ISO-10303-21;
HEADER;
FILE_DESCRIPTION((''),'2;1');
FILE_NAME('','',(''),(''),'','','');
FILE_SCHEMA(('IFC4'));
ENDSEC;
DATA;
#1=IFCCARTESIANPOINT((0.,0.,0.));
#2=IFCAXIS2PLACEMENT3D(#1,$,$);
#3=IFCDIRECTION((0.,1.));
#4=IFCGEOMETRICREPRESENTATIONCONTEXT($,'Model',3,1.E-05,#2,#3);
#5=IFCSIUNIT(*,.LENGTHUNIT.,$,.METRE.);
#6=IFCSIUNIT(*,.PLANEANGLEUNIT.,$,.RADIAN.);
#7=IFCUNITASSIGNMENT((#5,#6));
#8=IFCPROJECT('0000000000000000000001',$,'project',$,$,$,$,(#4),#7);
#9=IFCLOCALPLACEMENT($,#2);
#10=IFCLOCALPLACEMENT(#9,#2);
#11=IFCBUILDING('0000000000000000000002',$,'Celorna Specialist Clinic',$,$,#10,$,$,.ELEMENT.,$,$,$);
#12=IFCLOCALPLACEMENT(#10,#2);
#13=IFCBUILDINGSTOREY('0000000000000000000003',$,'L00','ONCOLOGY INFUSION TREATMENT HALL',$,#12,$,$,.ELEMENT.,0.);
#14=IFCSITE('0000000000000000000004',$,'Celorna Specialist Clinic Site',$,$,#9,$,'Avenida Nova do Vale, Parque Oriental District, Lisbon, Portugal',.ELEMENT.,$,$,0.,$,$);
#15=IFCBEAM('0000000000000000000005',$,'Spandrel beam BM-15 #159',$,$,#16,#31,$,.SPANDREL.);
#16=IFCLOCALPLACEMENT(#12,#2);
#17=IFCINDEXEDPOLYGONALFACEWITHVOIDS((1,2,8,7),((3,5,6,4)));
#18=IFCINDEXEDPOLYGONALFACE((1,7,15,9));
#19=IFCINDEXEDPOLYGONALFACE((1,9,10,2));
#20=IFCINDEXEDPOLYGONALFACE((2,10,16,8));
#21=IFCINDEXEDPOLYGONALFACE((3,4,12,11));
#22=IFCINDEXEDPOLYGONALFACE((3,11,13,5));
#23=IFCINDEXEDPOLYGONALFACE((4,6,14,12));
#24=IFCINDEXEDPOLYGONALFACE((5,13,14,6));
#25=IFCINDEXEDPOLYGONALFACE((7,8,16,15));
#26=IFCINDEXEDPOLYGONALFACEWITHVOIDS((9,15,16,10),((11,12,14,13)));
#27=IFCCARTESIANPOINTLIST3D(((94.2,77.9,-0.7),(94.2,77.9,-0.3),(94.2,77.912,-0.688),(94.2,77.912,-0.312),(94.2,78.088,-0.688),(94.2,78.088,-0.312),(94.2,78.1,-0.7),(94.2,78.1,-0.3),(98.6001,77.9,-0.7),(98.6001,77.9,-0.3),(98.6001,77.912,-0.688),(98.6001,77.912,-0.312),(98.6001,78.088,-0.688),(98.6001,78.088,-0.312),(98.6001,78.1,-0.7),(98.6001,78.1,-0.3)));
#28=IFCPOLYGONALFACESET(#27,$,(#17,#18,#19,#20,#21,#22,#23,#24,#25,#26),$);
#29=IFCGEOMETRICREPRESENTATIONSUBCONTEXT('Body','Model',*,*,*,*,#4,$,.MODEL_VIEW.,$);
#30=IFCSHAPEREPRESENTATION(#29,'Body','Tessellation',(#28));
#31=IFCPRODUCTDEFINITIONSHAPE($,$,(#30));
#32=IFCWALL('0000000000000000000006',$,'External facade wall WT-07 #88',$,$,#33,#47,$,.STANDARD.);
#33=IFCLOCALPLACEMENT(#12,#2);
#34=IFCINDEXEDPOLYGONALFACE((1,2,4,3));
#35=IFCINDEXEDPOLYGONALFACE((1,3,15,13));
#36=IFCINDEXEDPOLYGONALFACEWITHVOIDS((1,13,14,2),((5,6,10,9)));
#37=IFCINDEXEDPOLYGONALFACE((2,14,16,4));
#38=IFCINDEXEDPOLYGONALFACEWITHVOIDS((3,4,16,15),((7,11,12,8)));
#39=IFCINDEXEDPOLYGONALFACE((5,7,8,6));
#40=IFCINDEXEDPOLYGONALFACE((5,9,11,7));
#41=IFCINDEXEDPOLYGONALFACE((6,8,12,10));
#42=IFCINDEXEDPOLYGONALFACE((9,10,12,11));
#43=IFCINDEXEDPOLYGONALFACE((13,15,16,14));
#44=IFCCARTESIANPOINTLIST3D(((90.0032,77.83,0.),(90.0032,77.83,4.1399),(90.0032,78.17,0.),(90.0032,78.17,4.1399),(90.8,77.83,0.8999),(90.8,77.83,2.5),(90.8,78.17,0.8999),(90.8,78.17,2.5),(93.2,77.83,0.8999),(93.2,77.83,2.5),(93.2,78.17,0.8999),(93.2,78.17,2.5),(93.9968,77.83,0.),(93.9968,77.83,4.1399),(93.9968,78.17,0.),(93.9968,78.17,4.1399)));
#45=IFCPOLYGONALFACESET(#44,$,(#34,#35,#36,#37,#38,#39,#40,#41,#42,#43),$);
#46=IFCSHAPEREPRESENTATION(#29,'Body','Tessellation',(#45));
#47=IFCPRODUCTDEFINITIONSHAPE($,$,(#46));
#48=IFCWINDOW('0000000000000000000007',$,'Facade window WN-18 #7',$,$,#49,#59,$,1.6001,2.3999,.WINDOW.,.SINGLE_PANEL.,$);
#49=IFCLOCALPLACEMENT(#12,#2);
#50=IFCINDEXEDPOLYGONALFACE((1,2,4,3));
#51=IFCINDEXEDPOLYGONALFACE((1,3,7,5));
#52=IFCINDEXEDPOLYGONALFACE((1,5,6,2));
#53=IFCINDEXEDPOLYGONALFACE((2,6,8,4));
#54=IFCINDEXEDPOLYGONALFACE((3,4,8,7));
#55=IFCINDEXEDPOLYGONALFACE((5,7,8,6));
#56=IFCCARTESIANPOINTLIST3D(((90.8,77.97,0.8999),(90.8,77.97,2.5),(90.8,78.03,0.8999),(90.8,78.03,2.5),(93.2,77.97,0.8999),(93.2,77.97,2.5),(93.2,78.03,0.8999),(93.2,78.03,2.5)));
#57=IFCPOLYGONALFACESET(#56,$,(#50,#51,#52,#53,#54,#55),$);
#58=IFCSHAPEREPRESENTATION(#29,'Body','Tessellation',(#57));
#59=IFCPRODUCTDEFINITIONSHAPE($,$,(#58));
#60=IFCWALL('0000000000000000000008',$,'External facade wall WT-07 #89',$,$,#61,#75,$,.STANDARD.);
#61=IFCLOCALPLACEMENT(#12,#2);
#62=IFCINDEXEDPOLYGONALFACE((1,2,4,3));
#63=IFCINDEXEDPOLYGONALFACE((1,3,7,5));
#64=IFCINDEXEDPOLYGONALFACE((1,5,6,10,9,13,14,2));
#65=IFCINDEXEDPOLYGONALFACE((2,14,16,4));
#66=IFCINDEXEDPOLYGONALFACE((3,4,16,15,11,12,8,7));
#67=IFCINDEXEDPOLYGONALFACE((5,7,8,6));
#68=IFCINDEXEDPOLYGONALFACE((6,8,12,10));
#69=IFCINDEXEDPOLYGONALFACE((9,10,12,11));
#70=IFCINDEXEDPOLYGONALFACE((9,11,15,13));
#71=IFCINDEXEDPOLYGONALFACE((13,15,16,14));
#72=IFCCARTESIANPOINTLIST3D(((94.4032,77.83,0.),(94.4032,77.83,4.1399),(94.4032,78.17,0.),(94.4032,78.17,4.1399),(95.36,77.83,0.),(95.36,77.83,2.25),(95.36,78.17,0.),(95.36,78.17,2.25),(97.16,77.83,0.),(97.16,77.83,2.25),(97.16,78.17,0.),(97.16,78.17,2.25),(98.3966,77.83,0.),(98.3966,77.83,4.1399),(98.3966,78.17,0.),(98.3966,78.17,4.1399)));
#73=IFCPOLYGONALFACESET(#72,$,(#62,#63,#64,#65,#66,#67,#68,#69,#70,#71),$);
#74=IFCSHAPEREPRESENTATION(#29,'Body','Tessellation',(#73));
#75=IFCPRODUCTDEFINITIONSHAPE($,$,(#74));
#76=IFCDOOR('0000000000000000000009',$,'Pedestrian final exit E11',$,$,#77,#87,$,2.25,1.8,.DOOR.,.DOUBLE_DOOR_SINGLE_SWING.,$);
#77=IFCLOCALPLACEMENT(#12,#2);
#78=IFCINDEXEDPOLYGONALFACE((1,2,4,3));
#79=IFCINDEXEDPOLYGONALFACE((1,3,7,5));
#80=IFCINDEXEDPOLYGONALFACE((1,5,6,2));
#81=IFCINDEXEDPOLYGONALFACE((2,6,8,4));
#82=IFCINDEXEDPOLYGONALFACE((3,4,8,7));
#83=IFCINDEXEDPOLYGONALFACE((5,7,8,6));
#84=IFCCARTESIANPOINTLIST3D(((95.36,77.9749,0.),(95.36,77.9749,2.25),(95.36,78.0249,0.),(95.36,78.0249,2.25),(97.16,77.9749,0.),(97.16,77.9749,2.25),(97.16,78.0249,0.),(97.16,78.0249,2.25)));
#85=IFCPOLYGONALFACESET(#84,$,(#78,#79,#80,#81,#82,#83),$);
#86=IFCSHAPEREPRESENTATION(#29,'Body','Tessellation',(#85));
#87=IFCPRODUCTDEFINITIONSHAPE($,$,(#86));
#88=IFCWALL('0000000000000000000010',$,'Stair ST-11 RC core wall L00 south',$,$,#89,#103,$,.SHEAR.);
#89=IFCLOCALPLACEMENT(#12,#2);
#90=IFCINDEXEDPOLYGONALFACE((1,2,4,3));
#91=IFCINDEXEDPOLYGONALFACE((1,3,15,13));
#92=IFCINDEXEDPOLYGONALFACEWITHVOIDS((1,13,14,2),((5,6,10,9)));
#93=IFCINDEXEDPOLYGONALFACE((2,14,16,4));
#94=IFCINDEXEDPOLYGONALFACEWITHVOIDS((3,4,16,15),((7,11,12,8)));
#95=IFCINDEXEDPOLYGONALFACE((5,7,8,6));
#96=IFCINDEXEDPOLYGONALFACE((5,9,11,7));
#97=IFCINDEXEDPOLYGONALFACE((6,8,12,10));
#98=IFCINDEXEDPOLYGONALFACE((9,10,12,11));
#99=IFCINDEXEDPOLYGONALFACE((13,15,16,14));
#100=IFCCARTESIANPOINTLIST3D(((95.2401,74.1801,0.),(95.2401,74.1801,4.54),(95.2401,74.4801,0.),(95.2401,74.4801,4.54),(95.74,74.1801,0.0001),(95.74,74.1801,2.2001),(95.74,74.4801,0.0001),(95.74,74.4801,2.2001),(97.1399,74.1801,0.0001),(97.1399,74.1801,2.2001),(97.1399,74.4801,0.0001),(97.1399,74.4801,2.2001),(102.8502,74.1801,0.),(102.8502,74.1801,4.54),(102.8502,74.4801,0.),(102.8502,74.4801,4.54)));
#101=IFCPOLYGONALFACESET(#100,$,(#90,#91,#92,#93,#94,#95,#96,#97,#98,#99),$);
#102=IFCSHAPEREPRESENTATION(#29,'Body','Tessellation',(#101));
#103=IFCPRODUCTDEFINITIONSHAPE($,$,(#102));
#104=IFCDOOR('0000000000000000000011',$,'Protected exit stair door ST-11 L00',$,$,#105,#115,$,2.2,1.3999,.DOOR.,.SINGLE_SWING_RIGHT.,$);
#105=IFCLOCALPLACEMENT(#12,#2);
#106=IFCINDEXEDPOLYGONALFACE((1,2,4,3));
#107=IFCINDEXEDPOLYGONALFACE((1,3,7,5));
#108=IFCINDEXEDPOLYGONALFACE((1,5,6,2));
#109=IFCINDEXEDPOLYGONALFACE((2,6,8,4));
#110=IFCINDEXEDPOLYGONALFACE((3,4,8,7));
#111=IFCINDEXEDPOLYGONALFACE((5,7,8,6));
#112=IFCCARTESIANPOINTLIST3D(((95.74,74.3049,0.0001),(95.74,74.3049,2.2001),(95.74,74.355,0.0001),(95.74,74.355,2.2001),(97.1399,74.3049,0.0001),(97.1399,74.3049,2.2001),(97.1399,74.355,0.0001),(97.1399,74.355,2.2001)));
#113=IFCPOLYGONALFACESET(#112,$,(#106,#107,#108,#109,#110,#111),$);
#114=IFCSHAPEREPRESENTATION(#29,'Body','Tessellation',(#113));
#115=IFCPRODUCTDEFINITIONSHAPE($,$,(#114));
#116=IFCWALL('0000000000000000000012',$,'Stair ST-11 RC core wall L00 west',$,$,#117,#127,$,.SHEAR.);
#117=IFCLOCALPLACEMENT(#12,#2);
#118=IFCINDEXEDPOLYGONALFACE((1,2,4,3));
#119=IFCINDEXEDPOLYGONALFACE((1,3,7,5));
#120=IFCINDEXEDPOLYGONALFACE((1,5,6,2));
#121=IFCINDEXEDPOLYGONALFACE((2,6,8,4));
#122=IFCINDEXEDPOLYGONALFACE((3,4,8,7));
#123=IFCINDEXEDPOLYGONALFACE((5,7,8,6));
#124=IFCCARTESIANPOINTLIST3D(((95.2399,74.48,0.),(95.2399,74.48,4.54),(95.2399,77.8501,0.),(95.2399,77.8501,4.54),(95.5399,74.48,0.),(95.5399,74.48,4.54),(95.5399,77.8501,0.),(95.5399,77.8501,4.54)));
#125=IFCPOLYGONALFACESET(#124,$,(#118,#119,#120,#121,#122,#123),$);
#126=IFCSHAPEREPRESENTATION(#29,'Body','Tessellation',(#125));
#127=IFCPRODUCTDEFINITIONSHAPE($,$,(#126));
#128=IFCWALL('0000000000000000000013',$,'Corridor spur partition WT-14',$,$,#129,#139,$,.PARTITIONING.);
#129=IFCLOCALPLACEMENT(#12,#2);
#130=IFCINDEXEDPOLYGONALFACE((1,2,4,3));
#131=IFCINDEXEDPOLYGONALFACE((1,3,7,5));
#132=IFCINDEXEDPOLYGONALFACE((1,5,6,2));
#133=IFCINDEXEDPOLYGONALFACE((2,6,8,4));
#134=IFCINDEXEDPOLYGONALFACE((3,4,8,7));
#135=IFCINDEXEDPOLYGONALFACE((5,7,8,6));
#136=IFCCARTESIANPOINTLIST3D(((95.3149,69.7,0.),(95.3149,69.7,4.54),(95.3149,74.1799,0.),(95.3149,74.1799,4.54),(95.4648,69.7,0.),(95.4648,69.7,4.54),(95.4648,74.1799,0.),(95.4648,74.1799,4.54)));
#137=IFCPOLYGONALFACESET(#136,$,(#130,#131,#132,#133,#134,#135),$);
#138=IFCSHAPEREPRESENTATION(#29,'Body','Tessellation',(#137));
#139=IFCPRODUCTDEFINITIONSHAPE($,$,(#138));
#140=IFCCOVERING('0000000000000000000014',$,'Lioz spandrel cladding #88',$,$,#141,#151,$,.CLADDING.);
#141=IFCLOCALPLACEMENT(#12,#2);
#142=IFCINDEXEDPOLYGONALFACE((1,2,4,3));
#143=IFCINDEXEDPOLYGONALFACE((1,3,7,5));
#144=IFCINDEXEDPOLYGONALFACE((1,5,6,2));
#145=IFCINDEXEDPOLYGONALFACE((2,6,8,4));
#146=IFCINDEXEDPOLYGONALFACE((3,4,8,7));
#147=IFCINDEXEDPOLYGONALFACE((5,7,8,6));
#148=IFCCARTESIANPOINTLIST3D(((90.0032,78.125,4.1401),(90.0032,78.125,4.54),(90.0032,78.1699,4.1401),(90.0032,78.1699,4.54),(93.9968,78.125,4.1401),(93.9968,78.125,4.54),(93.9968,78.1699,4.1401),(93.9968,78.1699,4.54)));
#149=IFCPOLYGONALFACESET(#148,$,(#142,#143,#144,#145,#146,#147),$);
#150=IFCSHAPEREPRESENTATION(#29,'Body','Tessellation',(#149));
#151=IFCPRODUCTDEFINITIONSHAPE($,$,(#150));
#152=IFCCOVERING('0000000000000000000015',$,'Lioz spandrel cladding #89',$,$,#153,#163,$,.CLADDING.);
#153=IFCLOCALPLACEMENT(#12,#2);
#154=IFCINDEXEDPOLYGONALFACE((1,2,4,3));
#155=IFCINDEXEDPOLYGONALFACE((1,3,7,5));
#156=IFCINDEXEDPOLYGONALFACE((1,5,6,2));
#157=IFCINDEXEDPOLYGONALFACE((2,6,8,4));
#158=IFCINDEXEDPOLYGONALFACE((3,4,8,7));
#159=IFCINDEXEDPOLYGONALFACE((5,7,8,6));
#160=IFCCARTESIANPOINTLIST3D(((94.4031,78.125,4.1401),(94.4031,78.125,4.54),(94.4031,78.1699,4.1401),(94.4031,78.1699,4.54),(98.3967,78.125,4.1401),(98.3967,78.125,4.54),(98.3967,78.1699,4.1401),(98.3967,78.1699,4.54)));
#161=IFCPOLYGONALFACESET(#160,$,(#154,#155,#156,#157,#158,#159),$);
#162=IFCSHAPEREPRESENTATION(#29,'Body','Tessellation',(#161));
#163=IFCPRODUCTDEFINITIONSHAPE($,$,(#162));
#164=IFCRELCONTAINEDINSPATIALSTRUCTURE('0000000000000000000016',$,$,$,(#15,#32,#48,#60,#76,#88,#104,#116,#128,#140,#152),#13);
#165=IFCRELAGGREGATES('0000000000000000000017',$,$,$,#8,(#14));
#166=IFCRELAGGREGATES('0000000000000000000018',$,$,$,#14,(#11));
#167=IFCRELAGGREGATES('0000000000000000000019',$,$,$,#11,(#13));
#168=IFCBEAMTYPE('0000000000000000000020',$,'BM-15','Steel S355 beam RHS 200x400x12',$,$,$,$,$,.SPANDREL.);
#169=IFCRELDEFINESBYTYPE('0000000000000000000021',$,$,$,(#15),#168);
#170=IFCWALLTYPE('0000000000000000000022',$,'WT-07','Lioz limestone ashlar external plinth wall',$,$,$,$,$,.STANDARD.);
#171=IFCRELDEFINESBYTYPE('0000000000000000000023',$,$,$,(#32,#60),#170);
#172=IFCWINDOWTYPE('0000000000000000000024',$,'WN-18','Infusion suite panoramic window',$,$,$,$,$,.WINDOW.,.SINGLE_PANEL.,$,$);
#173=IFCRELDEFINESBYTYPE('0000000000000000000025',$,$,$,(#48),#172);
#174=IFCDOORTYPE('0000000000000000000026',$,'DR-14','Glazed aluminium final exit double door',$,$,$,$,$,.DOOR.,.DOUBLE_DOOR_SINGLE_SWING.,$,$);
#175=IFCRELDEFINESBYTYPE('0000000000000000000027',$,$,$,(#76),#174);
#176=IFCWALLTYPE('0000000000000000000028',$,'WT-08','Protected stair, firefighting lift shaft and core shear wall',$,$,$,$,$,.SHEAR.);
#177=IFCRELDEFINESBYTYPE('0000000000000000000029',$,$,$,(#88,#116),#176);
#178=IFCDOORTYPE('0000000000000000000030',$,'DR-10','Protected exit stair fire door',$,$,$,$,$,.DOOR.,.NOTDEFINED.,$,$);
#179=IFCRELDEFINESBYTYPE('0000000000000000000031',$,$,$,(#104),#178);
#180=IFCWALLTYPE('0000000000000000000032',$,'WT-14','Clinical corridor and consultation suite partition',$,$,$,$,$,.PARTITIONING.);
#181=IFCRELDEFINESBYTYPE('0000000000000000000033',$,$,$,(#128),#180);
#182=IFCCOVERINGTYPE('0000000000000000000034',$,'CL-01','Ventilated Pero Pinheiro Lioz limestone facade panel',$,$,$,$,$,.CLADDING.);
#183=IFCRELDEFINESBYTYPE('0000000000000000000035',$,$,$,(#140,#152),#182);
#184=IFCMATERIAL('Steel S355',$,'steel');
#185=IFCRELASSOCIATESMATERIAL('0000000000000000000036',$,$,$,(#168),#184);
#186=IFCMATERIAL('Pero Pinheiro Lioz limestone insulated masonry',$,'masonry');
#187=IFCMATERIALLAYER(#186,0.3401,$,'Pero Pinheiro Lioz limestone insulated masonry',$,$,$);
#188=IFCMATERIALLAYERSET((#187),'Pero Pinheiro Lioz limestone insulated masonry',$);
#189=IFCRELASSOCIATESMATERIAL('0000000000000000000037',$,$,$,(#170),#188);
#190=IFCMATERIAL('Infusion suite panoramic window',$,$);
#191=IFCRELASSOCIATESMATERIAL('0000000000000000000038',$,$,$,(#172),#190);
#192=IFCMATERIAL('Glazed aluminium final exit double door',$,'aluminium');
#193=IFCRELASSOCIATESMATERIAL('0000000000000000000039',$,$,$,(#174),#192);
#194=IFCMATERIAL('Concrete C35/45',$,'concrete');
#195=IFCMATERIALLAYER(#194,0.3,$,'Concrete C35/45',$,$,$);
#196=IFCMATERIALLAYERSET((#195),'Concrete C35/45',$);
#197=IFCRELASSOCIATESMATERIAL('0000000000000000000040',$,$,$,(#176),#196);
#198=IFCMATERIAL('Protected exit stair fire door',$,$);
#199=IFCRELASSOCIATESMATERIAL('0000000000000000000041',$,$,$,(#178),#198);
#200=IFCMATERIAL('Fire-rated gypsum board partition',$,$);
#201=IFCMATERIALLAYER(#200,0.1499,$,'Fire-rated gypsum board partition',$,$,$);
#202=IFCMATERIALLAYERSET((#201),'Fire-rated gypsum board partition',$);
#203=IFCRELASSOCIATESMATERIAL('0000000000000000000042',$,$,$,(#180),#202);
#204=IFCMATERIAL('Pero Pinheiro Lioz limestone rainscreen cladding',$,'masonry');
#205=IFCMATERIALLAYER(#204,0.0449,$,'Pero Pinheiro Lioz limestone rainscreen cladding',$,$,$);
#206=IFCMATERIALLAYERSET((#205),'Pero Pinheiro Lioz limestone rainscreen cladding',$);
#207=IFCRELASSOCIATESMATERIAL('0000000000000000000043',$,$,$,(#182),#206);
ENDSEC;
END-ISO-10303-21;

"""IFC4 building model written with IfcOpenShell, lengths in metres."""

from ifc_helpers import new_model, si_unit, direction, frame, frame_2d, origin, origin_2d, place, context, subcontext, project, spatial, rectangle, hollow_rectangle, extrude, material, layer, layer_set, material_profile, profile_set, type_object, element, fill, save


model = new_model("IFC4")

# Units and contexts
model_context = context("Model", 3, precision=1e-05, world=origin(), true_north=direction((0.0, 1.0)))
body_context = subcontext(model_context, "Body", "Model", "MODEL_VIEW")
ifc_project = project(units=[si_unit("LENGTHUNIT", "METRE"), si_unit("PLANEANGLEUNIT", "RADIAN")], contexts=[model_context])

# Site, building, storey
site_placement = place(None, origin())
site = spatial("IfcSite", under=ifc_project, at=site_placement, Name="Celorna Specialist Clinic Site", LongName="Avenida Nova do Vale, Parque Oriental District, Lisbon, Portugal", CompositionType="ELEMENT", RefElevation=0.0)
building_placement = place(site_placement, origin())
building = spatial("IfcBuilding", under=site, at=building_placement, Name="Celorna Specialist Clinic", CompositionType="ELEMENT")
storey_placement = place(building_placement, origin())
storey = spatial("IfcBuildingStorey", under=building, at=storey_placement, Name="L00", Description="ONCOLOGY INFUSION TREATMENT HALL", CompositionType="ELEMENT", Elevation=0.0)

# Shared definitions
ifc_material_1 = material(Name="Steel S355", Category="steel")

# Beam
ifc_material_profile_1 = material_profile(ifc_material_1, hollow_rectangle(XDim=0.2, YDim=0.3999, WallThickness=0.012, at=origin_2d()), Name="RHS 200x400x12")
ifc_profile_set_1 = profile_set([ifc_material_profile_1], Name="Steel S355")
beam_type_1 = type_object("IfcBeamType", Name="BM-15", Description="Steel S355 beam RHS 200x400x12", PredefinedType="SPANDREL", material=ifc_profile_set_1)
beam_1_placement = place(storey_placement, frame((94.2, 78.0, -0.5), z_axis=(1.0, 0.0, 0.0), x_axis=(0.0, 1.0, 0.0)))
element("IfcBeam", 1, at=beam_1_placement, inside=storey, type_object=beam_type_1, Name="Spandrel beam BM-15 #159", PredefinedType="SPANDREL", context=body_context, shape_type="SweptSolid", body=[
    extrude(hollow_rectangle(XDim=0.2, YDim=0.3999, WallThickness=0.012, at=origin_2d()), origin(), (0.0, 0.0, 1.0), 4.4001),
])

# Wall, opening, window
ifc_material_2 = material(Name="Pero Pinheiro Lioz limestone insulated masonry", Category="masonry")
ifc_layer_1 = layer(ifc_material_2, 0.3401, Name="Pero Pinheiro Lioz limestone insulated masonry")
ifc_layer_set_1 = layer_set([ifc_layer_1], Name="Pero Pinheiro Lioz limestone insulated masonry")
wall_type_1 = type_object("IfcWallType", Name="WT-07", Description="Lioz limestone ashlar external plinth wall", PredefinedType="STANDARD", material=ifc_layer_set_1)
wall_1_placement = place(storey_placement, frame((90.0032, 78.0, 0.0), z_axis=(0.0, 0.0, 1.0), x_axis=(1.0, 0.0, 0.0)))
wall_1 = element("IfcWall", 2, at=wall_1_placement, inside=storey, type_object=wall_type_1, Name="External facade wall WT-07 #88", PredefinedType="STANDARD", context=body_context, shape_type="SweptSolid", body=[
    extrude(rectangle(XDim=3.9937, YDim=0.3401, at=frame_2d((1.9968, 0.0))), origin(), (0.0, 0.0, 1.0), 4.1399),
])
opening_1_placement = place(wall_1_placement, frame((0.7969, 0.0, 0.8999)))
opening_1 = element("IfcOpeningElement", 3, at=opening_1_placement, cuts=wall_1, PredefinedType="OPENING", context=body_context, shape_type="SweptSolid", body=[
    extrude(rectangle(XDim=2.3999, YDim=1.6001, at=frame_2d((1.2, 0.8))), frame((0.0, 0.1799, 0.0), z_axis=(0.0, -1.0, 0.0), x_axis=(1.0, 0.0, 0.0)), (0.0, 0.0, 1.0), 0.3601),
])
ifc_material_3 = material(Name="Infusion suite panoramic window")
window_type = type_object("IfcWindowType", Name="WN-18", Description="Infusion suite panoramic window", PartitioningType="SINGLE_PANEL", PredefinedType="WINDOW", material=ifc_material_3)
window_placement = place(opening_1_placement, origin())
window = element("IfcWindow", 4, at=window_placement, inside=storey, type_object=window_type, Name="Facade window WN-18 #7", OverallHeight=1.6001, OverallWidth=2.3999, PartitioningType="SINGLE_PANEL", PredefinedType="WINDOW", context=body_context, shape_type="SweptSolid", body=[
    extrude(rectangle(XDim=2.3999, YDim=1.6001, at=frame_2d((1.2, 0.8))), frame((0.0, 0.03, 0.0), z_axis=(0.0, -1.0, 0.0), x_axis=(1.0, 0.0, 0.0)), (0.0, 0.0, 1.0), 0.0601),
])
fill(opening_1, window)

# Walls, openings, doors
wall_2_placement = place(storey_placement, frame((94.4033, 78.0, 0.0), z_axis=(0.0, 0.0, 1.0), x_axis=(1.0, 0.0, 0.0)))
wall_2 = element("IfcWall", 5, at=wall_2_placement, inside=storey, type_object=wall_type_1, Name="External facade wall WT-07 #89", PredefinedType="STANDARD", context=body_context, shape_type="SweptSolid", body=[
    extrude(rectangle(XDim=3.9934, YDim=0.3401, at=frame_2d((1.9966, 0.0))), origin(), (0.0, 0.0, 1.0), 4.1399),
])
opening_2_placement = place(wall_2_placement, frame((0.9568, 0.0, 0.0)))
opening_2 = element("IfcOpeningElement", 6, at=opening_2_placement, cuts=wall_2, PredefinedType="OPENING", context=body_context, shape_type="SweptSolid", body=[
    extrude(rectangle(XDim=1.8, YDim=2.25, at=frame_2d((0.8999, 1.125))), frame((0.0, 0.1799, 0.0), z_axis=(0.0, -1.0, 0.0), x_axis=(1.0, 0.0, 0.0)), (0.0, 0.0, 1.0), 0.3601),
])
ifc_material_4 = material(Name="Glazed aluminium final exit double door", Category="aluminium")
door_type_1 = type_object("IfcDoorType", Name="DR-14", Description="Glazed aluminium final exit double door", OperationType="DOUBLE_DOOR_SINGLE_SWING", PredefinedType="DOOR", material=ifc_material_4)
door_1_placement = place(opening_2_placement, origin())
door_1 = element("IfcDoor", 7, at=door_1_placement, inside=storey, type_object=door_type_1, Name="Pedestrian final exit E11", OperationType="DOUBLE_DOOR_SINGLE_SWING", OverallHeight=2.25, OverallWidth=1.8, PredefinedType="DOOR", context=body_context, shape_type="SweptSolid", body=[
    extrude(rectangle(XDim=1.8, YDim=2.25, at=frame_2d((0.8999, 1.125))), frame((0.0, 0.0249, 0.0), z_axis=(0.0, -1.0, 0.0), x_axis=(1.0, 0.0, 0.0)), (0.0, 0.0, 1.0), 0.05),
])
fill(opening_2, door_1)
ifc_material_5 = material(Name="Concrete C35/45", Category="concrete")
ifc_layer_2 = layer(ifc_material_5, 0.3, Name="Concrete C35/45")
ifc_layer_set_2 = layer_set([ifc_layer_2], Name="Concrete C35/45")
wall_type_2 = type_object("IfcWallType", Name="WT-08", Description="Protected stair, firefighting lift shaft and core shear wall", PredefinedType="SHEAR", material=ifc_layer_set_2)
wall_3_placement = place(storey_placement, frame((95.24, 74.3301, 0.0), z_axis=(0.0, 0.0, 1.0), x_axis=(1.0, 0.0, 0.0)))
wall_3 = element("IfcWall", 8, at=wall_3_placement, inside=storey, type_object=wall_type_2, Name="Stair ST-11 RC core wall L00 south", PredefinedType="SHEAR", context=body_context, shape_type="SweptSolid", body=[
    extrude(rectangle(XDim=7.6101, YDim=0.3, at=frame_2d((3.8052, 0.0))), origin(), (0.0, 0.0, 1.0), 4.54),
])
opening_3_placement = place(wall_3_placement, frame((0.5, 0.0, 0.0)))
opening_3 = element("IfcOpeningElement", 9, at=opening_3_placement, cuts=wall_3, PredefinedType="OPENING", context=body_context, shape_type="SweptSolid", body=[
    extrude(rectangle(XDim=1.3999, YDim=2.2, at=frame_2d((0.7, 1.1001))), frame((0.0, 0.1599, 0.0), z_axis=(0.0, -1.0, 0.0), x_axis=(1.0, 0.0, 0.0)), (0.0, 0.0, 1.0), 0.3201),
])
ifc_material_6 = material(Name="Protected exit stair fire door")
door_type_2 = type_object("IfcDoorType", Name="DR-10", Description="Protected exit stair fire door", OperationType="NOTDEFINED", PredefinedType="DOOR", material=ifc_material_6)
door_2_placement = place(opening_3_placement, origin())
door_2 = element("IfcDoor", 10, at=door_2_placement, inside=storey, type_object=door_type_2, Name="Protected exit stair door ST-11 L00", OperationType="SINGLE_SWING_RIGHT", OverallHeight=2.2, OverallWidth=1.3999, PredefinedType="DOOR", context=body_context, shape_type="SweptSolid", body=[
    extrude(rectangle(XDim=1.3999, YDim=2.2, at=frame_2d((0.7, 1.1001))), frame((0.0, 0.0249, 0.0), z_axis=(0.0, -1.0, 0.0), x_axis=(1.0, 0.0, 0.0)), (0.0, 0.0, 1.0), 0.05),
])
fill(opening_3, door_2)

# Walls
wall_4_placement = place(storey_placement, frame((95.3899, 77.8501, 0.0), z_axis=(0.0, 0.0, 1.0), x_axis=(0.0, -1.0, 0.0)))
element("IfcWall", 11, at=wall_4_placement, inside=storey, type_object=wall_type_2, Name="Stair ST-11 RC core wall L00 west", PredefinedType="SHEAR", context=body_context, shape_type="SweptSolid", body=[
    extrude(rectangle(XDim=3.3701, YDim=0.3, at=frame_2d((1.6851, 0.0))), origin(), (0.0, 0.0, 1.0), 4.54),
])
ifc_material_7 = material(Name="Fire-rated gypsum board partition")
ifc_layer_3 = layer(ifc_material_7, 0.1499, Name="Fire-rated gypsum board partition")
ifc_layer_set_3 = layer_set([ifc_layer_3], Name="Fire-rated gypsum board partition")
wall_type_3 = type_object("IfcWallType", Name="WT-14", Description="Clinical corridor and consultation suite partition", PredefinedType="PARTITIONING", material=ifc_layer_set_3)
wall_5_placement = place(storey_placement, frame((95.3899, 69.7, 0.0), z_axis=(0.0, 0.0, 1.0), x_axis=(0.0, 1.0, 0.0)))
element("IfcWall", 12, at=wall_5_placement, inside=storey, type_object=wall_type_3, Name="Corridor spur partition WT-14", PredefinedType="PARTITIONING", context=body_context, shape_type="SweptSolid", body=[
    extrude(rectangle(XDim=4.48, YDim=0.1499, at=frame_2d((2.24, 0.0))), origin(), (0.0, 0.0, 1.0), 4.54),
])

# Coverings
ifc_material_8 = material(Name="Pero Pinheiro Lioz limestone rainscreen cladding", Category="masonry")
ifc_layer_4 = layer(ifc_material_8, 0.0449, Name="Pero Pinheiro Lioz limestone rainscreen cladding")
ifc_layer_set_4 = layer_set([ifc_layer_4], Name="Pero Pinheiro Lioz limestone rainscreen cladding")
covering_type = type_object("IfcCoveringType", Name="CL-01", Description="Ventilated Pero Pinheiro Lioz limestone facade panel", PredefinedType="CLADDING", material=ifc_layer_set_4)
for number, where, z_axis, x_axis, name in (
    (13, (92.0, 78.1475, 4.1401), (0.0, 0.0, 1.0), (1.0, 0.0, 0.0), "Lioz spandrel cladding #88"),
    (14, (96.3999, 78.1475, 4.1401), (0.0, 0.0, 1.0), (1.0, 0.0, 0.0), "Lioz spandrel cladding #89"),
):
    element("IfcCovering", number, at=place(storey_placement, frame(where, z_axis=z_axis, x_axis=x_axis)), inside=storey, type_object=covering_type, Name=name, PredefinedType="CLADDING", context=body_context, shape_type="SweptSolid", body=[
        extrude(rectangle(XDim=3.9937, YDim=0.0449, at=origin_2d()), origin(), (0.0, 0.0, 1.0), 0.3999),
    ])

save(model, "model.ifc")
